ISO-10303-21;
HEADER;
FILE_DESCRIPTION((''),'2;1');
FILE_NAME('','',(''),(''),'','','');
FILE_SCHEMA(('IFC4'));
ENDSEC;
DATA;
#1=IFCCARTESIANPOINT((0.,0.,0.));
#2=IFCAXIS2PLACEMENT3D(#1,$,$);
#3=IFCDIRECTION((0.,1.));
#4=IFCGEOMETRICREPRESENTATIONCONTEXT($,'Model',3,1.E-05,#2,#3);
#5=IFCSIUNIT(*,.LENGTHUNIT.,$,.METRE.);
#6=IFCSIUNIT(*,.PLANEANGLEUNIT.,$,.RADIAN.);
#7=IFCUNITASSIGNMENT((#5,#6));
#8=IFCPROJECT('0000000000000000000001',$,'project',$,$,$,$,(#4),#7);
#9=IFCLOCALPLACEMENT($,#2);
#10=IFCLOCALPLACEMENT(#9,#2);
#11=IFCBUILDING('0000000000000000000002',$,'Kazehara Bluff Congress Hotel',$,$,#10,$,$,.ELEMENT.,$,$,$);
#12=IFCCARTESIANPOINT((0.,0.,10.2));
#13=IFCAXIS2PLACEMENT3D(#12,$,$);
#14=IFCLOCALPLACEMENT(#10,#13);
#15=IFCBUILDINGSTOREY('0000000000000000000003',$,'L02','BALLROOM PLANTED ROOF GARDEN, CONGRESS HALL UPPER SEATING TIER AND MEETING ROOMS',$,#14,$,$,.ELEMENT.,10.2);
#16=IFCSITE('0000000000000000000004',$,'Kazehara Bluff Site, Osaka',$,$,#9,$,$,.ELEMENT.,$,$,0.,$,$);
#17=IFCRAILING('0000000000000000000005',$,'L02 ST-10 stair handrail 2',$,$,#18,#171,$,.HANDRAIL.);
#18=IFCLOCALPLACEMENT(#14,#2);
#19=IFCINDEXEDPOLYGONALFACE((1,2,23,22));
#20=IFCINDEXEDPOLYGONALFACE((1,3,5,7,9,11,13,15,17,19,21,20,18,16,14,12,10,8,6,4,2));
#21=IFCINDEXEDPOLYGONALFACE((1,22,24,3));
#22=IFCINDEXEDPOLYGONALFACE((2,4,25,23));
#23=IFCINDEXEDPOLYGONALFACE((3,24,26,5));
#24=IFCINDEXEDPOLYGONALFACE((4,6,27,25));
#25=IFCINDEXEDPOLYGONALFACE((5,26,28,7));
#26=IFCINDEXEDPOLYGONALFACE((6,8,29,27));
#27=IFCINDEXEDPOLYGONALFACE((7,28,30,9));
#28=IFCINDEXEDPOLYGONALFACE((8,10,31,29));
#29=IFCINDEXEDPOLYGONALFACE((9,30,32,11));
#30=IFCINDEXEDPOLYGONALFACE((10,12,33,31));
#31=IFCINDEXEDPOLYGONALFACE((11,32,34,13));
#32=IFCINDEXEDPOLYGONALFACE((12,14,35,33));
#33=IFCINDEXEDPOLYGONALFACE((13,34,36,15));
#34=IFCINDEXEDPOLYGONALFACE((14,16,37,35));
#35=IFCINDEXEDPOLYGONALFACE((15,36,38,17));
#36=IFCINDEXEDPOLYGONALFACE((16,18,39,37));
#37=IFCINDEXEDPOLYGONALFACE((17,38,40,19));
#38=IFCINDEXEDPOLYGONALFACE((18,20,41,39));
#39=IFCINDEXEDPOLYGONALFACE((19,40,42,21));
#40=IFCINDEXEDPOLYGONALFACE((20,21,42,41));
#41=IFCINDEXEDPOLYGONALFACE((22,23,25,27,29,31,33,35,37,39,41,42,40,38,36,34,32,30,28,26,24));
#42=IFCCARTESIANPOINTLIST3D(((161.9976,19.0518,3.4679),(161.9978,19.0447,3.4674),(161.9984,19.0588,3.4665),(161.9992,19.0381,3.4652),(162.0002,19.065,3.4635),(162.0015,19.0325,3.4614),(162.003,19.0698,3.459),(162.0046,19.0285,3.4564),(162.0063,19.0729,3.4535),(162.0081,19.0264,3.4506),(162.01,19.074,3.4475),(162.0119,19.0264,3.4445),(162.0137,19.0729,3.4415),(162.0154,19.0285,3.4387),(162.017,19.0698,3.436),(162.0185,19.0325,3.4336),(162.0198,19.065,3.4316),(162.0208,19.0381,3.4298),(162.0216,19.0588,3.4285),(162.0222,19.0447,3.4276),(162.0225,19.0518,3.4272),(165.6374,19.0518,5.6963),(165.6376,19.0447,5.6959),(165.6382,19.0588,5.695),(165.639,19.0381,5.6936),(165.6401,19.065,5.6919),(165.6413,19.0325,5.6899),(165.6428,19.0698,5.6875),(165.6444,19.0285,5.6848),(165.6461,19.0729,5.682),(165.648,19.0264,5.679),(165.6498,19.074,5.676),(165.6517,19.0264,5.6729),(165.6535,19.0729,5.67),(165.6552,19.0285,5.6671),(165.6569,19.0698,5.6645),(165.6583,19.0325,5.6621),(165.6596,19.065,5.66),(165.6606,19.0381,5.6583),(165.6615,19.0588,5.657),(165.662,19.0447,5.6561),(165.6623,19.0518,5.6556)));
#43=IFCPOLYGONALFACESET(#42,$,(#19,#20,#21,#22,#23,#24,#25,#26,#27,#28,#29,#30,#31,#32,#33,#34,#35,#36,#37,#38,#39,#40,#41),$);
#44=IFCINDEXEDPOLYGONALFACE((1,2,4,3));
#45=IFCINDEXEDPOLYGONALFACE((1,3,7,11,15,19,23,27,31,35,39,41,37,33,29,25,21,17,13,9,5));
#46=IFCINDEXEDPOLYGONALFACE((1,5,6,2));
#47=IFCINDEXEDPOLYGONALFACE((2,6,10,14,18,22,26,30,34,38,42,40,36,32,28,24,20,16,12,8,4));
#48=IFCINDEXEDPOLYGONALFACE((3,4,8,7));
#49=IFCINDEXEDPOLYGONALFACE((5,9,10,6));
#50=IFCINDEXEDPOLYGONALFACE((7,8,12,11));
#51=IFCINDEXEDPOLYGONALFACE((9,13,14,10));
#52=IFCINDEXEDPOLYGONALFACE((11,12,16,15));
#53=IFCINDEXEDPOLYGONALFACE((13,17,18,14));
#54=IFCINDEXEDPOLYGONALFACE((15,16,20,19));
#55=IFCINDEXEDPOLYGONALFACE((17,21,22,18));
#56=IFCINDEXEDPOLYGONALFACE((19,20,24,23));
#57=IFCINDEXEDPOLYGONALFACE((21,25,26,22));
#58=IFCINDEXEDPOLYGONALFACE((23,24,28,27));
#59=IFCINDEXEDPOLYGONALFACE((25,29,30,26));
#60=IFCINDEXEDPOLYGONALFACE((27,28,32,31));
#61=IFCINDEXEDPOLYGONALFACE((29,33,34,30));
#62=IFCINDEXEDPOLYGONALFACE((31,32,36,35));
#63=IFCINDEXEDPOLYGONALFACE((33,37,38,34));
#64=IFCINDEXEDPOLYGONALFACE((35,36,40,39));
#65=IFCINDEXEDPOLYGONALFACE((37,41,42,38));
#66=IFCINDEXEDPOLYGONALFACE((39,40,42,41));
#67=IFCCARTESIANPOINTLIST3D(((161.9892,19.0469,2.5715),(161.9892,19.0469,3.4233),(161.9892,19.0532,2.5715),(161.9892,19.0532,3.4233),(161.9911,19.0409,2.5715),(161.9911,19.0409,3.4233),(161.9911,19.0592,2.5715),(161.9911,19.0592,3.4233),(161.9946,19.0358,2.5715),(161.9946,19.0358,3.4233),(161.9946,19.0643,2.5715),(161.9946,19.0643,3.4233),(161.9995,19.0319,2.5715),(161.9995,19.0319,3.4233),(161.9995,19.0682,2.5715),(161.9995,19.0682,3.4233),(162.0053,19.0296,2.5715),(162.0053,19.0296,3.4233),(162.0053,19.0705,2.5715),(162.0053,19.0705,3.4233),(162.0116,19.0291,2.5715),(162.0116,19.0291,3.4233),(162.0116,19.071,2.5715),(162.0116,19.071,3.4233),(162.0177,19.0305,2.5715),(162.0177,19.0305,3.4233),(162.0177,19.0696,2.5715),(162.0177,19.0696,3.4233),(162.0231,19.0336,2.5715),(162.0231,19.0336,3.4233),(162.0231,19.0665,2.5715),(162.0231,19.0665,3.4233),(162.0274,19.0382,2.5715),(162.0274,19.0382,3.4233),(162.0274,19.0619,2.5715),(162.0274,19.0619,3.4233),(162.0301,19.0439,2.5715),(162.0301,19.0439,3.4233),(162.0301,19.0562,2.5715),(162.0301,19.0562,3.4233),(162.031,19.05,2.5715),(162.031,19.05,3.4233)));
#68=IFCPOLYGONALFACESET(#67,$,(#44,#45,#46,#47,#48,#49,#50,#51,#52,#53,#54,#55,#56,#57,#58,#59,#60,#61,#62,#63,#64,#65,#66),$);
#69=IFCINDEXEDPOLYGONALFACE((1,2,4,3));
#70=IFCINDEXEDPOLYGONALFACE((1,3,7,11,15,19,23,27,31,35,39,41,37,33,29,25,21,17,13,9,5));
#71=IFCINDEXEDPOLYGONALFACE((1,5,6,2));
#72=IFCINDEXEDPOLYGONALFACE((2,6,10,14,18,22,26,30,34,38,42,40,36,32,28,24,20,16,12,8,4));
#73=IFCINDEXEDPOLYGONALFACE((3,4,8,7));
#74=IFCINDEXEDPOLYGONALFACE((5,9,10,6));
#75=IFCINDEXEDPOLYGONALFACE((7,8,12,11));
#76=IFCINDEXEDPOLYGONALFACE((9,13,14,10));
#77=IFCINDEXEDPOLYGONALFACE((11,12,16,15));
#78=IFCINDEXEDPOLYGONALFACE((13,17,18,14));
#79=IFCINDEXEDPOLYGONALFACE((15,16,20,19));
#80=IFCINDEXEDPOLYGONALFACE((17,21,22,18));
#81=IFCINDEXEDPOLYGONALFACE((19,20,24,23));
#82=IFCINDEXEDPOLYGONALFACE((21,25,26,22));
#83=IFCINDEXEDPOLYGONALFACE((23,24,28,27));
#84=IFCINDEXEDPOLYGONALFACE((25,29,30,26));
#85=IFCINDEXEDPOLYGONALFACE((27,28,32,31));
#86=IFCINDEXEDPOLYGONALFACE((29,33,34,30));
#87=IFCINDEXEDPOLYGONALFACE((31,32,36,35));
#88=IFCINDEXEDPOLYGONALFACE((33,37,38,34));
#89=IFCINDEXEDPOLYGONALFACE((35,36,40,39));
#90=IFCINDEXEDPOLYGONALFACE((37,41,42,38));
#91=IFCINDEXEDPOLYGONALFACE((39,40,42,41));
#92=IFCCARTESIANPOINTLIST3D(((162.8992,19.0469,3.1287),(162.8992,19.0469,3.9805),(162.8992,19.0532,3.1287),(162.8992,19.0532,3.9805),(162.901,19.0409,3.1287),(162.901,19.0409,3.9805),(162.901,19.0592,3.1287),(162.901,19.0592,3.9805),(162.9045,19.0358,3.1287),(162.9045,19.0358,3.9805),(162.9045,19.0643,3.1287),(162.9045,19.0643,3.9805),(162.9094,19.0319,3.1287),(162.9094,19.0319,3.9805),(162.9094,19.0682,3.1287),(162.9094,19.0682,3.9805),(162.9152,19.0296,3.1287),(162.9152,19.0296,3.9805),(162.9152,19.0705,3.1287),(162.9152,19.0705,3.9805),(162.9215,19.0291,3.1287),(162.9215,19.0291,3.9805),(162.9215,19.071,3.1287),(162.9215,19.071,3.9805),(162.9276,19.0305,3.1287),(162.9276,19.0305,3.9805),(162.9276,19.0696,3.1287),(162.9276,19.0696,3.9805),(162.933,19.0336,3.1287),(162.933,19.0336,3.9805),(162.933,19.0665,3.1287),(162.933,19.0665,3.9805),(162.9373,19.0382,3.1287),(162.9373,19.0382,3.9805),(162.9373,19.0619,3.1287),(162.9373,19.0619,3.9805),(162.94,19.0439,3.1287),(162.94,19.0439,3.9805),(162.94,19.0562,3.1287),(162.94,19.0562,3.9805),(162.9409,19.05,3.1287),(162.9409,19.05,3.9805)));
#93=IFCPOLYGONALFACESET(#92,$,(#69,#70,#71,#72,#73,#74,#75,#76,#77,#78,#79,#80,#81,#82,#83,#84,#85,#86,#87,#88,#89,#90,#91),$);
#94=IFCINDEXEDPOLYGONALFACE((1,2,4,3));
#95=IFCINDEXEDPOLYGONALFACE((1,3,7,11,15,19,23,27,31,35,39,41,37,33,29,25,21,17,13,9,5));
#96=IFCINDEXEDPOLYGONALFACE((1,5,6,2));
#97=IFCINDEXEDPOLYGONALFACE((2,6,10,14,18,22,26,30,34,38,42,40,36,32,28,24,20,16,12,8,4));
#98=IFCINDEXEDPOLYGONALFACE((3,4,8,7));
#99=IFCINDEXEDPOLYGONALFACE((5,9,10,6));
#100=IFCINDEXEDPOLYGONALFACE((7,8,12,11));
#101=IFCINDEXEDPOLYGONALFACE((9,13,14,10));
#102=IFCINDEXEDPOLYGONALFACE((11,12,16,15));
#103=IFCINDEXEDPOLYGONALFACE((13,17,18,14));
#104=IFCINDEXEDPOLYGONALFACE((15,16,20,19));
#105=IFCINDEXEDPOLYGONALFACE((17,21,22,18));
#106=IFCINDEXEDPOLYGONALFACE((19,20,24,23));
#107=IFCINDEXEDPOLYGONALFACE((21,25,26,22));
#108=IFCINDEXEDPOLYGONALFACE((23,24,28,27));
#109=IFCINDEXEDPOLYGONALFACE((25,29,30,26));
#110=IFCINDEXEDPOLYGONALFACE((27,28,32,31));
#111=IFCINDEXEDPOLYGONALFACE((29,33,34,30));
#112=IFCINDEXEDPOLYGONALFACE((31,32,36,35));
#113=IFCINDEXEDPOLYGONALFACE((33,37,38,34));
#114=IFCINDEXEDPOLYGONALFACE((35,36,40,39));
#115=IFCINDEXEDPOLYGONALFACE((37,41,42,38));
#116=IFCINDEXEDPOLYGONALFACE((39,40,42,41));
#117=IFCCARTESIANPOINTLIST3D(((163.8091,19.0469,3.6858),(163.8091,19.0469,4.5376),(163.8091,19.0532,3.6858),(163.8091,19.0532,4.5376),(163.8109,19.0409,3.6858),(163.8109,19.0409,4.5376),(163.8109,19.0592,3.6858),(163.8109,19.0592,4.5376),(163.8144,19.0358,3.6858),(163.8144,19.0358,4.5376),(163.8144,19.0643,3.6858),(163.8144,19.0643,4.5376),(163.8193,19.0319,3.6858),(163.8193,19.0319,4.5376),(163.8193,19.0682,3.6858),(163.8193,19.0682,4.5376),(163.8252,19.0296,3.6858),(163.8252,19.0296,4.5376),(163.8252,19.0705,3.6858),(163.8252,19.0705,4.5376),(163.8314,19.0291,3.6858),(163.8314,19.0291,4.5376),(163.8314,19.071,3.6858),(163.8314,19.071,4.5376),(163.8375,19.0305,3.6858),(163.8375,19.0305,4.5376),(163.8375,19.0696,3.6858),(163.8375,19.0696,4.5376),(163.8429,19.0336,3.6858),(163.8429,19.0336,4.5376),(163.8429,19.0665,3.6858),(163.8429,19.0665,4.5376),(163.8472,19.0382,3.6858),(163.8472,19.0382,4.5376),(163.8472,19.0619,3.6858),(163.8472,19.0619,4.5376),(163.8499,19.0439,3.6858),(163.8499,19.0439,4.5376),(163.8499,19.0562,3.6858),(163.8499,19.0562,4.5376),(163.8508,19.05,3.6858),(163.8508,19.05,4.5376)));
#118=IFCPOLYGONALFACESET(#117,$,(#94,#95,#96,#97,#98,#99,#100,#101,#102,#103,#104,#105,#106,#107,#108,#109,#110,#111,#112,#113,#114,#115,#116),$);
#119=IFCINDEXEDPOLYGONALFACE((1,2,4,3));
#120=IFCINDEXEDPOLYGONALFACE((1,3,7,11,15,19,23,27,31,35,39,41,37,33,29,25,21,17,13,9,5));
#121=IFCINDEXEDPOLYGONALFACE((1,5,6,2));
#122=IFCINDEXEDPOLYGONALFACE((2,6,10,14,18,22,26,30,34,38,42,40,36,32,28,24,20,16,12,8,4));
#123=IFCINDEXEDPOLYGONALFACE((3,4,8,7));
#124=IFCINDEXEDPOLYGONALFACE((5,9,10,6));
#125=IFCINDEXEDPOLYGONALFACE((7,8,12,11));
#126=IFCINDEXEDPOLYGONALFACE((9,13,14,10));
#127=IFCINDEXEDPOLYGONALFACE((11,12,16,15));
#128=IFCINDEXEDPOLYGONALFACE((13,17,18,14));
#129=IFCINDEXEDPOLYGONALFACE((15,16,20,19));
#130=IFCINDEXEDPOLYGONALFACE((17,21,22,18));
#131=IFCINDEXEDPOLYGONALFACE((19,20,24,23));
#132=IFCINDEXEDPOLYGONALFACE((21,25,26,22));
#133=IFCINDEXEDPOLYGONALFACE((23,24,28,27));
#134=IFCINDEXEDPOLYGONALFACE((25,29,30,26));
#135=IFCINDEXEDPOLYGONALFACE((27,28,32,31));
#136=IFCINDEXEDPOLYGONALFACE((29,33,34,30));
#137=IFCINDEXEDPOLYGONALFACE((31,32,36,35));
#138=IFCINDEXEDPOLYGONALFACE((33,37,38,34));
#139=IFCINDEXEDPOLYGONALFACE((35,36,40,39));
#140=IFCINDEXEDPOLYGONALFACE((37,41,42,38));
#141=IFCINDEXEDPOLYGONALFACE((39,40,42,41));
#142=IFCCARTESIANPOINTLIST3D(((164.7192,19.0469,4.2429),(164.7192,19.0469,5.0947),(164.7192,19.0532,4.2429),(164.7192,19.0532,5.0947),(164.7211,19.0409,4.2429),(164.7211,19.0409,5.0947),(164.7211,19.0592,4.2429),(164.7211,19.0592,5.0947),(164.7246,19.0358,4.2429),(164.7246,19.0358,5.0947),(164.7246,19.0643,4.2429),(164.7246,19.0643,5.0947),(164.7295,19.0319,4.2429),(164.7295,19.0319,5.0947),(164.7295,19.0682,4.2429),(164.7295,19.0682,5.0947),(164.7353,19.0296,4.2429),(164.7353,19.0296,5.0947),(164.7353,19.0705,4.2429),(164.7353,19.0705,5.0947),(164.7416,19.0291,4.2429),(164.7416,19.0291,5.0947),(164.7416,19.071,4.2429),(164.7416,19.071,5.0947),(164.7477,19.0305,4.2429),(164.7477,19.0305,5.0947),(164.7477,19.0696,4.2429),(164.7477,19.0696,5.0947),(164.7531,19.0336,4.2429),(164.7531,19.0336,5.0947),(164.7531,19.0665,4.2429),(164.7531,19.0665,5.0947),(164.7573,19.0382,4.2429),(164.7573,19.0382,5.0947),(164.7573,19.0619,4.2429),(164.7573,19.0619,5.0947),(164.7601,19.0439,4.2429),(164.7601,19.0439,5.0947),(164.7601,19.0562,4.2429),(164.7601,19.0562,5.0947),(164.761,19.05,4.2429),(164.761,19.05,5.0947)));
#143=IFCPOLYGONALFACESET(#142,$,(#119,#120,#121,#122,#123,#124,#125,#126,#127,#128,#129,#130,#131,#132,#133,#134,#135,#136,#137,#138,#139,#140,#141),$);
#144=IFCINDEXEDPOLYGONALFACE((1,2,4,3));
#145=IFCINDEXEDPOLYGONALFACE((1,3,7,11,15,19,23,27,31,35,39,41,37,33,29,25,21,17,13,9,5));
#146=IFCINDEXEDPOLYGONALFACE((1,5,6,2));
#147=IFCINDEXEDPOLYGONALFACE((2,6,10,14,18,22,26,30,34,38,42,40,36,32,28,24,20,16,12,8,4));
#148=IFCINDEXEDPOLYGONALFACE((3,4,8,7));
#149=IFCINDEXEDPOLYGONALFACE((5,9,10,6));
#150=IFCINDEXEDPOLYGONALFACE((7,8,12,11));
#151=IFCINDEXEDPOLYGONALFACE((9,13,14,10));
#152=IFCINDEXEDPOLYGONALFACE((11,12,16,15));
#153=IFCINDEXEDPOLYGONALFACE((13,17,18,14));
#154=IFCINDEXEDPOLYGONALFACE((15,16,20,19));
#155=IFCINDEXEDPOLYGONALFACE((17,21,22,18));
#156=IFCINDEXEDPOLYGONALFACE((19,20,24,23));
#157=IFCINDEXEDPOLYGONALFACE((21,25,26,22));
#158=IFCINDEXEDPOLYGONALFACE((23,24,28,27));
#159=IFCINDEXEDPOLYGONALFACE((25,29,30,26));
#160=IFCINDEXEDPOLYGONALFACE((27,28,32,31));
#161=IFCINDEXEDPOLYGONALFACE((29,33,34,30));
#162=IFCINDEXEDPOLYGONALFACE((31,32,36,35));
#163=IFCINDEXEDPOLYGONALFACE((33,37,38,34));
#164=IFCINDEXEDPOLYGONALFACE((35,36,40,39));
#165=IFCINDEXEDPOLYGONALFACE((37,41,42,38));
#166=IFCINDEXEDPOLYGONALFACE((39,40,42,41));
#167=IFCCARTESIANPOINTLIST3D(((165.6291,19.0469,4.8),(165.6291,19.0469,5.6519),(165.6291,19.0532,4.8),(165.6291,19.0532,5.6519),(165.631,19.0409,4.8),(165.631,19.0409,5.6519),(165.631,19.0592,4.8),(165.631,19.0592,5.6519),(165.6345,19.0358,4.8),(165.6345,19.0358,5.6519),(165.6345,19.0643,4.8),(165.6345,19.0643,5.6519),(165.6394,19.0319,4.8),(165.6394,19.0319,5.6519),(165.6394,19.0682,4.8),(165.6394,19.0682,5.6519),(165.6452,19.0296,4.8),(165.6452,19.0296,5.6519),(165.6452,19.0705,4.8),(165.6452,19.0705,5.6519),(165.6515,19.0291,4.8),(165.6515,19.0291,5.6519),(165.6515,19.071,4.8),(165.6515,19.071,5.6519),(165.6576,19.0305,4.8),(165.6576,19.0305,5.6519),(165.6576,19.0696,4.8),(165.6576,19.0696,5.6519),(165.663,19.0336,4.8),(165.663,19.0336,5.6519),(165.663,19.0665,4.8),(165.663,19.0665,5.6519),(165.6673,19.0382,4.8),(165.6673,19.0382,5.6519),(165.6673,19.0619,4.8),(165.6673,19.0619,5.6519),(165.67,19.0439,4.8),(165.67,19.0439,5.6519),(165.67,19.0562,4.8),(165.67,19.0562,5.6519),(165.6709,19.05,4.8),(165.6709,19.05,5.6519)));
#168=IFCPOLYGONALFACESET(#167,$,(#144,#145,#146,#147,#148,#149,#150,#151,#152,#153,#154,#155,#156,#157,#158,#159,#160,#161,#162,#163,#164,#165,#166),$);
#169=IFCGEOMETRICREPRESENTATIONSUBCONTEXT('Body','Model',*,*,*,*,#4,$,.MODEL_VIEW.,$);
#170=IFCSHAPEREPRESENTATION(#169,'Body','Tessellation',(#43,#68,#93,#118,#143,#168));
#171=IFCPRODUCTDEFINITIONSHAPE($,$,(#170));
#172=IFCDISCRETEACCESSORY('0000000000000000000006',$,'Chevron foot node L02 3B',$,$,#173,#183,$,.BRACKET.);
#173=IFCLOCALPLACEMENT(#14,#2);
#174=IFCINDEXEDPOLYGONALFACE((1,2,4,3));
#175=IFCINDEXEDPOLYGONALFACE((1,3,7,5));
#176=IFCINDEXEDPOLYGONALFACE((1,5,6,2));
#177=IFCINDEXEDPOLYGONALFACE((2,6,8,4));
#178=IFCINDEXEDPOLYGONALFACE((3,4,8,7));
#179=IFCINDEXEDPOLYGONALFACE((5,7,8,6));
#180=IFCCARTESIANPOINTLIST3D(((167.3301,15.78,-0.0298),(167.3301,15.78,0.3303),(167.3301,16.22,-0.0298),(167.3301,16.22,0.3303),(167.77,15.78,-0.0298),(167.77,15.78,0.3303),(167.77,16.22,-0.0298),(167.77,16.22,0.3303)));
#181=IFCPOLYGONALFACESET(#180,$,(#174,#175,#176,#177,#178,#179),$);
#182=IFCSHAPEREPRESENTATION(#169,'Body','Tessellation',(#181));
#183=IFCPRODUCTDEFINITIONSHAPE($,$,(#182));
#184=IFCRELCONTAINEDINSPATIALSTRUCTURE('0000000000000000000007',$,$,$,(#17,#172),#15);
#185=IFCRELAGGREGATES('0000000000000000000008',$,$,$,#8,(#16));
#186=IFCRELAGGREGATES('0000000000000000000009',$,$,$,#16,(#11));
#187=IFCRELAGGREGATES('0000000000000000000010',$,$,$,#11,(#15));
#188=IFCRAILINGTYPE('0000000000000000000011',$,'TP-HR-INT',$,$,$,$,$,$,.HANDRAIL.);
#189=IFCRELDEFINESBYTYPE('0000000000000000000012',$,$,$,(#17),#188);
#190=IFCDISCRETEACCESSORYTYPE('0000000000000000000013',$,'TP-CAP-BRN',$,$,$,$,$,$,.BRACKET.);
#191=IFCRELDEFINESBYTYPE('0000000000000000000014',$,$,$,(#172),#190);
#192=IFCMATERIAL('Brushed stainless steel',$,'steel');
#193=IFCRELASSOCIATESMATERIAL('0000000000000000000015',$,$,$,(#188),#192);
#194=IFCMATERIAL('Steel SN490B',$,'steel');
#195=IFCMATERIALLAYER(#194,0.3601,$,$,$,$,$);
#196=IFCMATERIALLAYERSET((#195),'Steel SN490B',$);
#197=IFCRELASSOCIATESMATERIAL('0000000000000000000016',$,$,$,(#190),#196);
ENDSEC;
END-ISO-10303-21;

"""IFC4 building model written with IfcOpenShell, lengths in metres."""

from ifc_helpers import new_model, si_unit, direction, frame, origin, origin_2d, place, context, subcontext, project, spatial, rectangle, circle, extrude, material, layer, layer_set, type_object, element, save


model = new_model("IFC4")

# Units and contexts
model_context = context("Model", 3, precision=1e-05, world=origin(), true_north=direction((0.0, 1.0)))
body_context = subcontext(model_context, "Body", "Model", "MODEL_VIEW")
ifc_project = project(units=[si_unit("LENGTHUNIT", "METRE"), si_unit("PLANEANGLEUNIT", "RADIAN")], contexts=[model_context])

# Site, building, storey
site_placement = place(None, origin())
site = spatial("IfcSite", under=ifc_project, at=site_placement, Name="Kazehara Bluff Site, Osaka", CompositionType="ELEMENT", RefElevation=0.0)
building_placement = place(site_placement, origin())
building = spatial("IfcBuilding", under=site, at=building_placement, Name="Kazehara Bluff Congress Hotel", CompositionType="ELEMENT")
storey_placement = place(building_placement, frame((0.0, 0.0, 10.2)))
storey = spatial("IfcBuildingStorey", under=building, at=storey_placement, Name="L02", Description="BALLROOM PLANTED ROOF GARDEN, CONGRESS HALL UPPER SEATING TIER AND MEETING ROOMS", CompositionType="ELEMENT", Elevation=10.2)

# Railing
ifc_material_1 = material(Name="Brushed stainless steel", Category="steel")
railing_type_1 = type_object("IfcRailingType", Name="TP-HR-INT", PredefinedType="HANDRAIL", material=ifc_material_1)
railing_1_placement = place(storey_placement, frame((162.01, 19.05, 2.5715)))
element("IfcRailing", 1, at=railing_1_placement, inside=storey, type_object=railing_type_1, Name="L02 ST-10 stair handrail 2", PredefinedType="HANDRAIL", context=body_context, shape_type="SweptSolid", body=[
    extrude(circle(Radius=0.0239, at=origin_2d()), frame((0.0, 0.0, 0.876), z_axis=(0.85285, 0.0, 0.522156), x_axis=(0.0, 1.0, 0.0)), (0.0, 0.0, 1.0), 4.2678),
    extrude(circle(Radius=0.021, at=origin_2d()), origin(), (0.0, 0.0, 1.0), 0.8518),
    extrude(circle(Radius=0.021, at=origin_2d()), frame((0.9099, 0.0, 0.5571)), (0.0, 0.0, 1.0), 0.8518),
    extrude(circle(Radius=0.021, at=origin_2d()), frame((1.8198, 0.0, 1.1143)), (0.0, 0.0, 1.0), 0.8518),
    extrude(circle(Radius=0.021, at=origin_2d()), frame((2.73, 0.0, 1.6714)), (0.0, 0.0, 1.0), 0.8518),
    extrude(circle(Radius=0.021, at=origin_2d()), frame((3.6399, 0.0, 2.2285)), (0.0, 0.0, 1.0), 0.8518),
])

# Discrete accessory
ifc_material_2 = material(Name="Steel SN490B", Category="steel")
ifc_layer_1 = layer(ifc_material_2, 0.3601)
ifc_layer_set_1 = layer_set([ifc_layer_1], Name="Steel SN490B")
discrete_accessory_type = type_object("IfcDiscreteAccessoryType", Name="TP-CAP-BRN", PredefinedType="BRACKET", material=ifc_layer_set_1)
discrete_accessory_placement = place(storey_placement, frame((167.55, 16.0, -0.0298), z_axis=(0.0, 0.0, 1.0), x_axis=(1.0, 0.0, 0.0)))
element("IfcDiscreteAccessory", 2, at=discrete_accessory_placement, inside=storey, type_object=discrete_accessory_type, Name="Chevron foot node L02 3B", PredefinedType="BRACKET", context=body_context, shape_type="SweptSolid", body=[
    extrude(rectangle(XDim=0.4399, YDim=0.4399, at=origin_2d()), origin(), (0.0, 0.0, 1.0), 0.3601),
])

save(model, "model.ifc")
